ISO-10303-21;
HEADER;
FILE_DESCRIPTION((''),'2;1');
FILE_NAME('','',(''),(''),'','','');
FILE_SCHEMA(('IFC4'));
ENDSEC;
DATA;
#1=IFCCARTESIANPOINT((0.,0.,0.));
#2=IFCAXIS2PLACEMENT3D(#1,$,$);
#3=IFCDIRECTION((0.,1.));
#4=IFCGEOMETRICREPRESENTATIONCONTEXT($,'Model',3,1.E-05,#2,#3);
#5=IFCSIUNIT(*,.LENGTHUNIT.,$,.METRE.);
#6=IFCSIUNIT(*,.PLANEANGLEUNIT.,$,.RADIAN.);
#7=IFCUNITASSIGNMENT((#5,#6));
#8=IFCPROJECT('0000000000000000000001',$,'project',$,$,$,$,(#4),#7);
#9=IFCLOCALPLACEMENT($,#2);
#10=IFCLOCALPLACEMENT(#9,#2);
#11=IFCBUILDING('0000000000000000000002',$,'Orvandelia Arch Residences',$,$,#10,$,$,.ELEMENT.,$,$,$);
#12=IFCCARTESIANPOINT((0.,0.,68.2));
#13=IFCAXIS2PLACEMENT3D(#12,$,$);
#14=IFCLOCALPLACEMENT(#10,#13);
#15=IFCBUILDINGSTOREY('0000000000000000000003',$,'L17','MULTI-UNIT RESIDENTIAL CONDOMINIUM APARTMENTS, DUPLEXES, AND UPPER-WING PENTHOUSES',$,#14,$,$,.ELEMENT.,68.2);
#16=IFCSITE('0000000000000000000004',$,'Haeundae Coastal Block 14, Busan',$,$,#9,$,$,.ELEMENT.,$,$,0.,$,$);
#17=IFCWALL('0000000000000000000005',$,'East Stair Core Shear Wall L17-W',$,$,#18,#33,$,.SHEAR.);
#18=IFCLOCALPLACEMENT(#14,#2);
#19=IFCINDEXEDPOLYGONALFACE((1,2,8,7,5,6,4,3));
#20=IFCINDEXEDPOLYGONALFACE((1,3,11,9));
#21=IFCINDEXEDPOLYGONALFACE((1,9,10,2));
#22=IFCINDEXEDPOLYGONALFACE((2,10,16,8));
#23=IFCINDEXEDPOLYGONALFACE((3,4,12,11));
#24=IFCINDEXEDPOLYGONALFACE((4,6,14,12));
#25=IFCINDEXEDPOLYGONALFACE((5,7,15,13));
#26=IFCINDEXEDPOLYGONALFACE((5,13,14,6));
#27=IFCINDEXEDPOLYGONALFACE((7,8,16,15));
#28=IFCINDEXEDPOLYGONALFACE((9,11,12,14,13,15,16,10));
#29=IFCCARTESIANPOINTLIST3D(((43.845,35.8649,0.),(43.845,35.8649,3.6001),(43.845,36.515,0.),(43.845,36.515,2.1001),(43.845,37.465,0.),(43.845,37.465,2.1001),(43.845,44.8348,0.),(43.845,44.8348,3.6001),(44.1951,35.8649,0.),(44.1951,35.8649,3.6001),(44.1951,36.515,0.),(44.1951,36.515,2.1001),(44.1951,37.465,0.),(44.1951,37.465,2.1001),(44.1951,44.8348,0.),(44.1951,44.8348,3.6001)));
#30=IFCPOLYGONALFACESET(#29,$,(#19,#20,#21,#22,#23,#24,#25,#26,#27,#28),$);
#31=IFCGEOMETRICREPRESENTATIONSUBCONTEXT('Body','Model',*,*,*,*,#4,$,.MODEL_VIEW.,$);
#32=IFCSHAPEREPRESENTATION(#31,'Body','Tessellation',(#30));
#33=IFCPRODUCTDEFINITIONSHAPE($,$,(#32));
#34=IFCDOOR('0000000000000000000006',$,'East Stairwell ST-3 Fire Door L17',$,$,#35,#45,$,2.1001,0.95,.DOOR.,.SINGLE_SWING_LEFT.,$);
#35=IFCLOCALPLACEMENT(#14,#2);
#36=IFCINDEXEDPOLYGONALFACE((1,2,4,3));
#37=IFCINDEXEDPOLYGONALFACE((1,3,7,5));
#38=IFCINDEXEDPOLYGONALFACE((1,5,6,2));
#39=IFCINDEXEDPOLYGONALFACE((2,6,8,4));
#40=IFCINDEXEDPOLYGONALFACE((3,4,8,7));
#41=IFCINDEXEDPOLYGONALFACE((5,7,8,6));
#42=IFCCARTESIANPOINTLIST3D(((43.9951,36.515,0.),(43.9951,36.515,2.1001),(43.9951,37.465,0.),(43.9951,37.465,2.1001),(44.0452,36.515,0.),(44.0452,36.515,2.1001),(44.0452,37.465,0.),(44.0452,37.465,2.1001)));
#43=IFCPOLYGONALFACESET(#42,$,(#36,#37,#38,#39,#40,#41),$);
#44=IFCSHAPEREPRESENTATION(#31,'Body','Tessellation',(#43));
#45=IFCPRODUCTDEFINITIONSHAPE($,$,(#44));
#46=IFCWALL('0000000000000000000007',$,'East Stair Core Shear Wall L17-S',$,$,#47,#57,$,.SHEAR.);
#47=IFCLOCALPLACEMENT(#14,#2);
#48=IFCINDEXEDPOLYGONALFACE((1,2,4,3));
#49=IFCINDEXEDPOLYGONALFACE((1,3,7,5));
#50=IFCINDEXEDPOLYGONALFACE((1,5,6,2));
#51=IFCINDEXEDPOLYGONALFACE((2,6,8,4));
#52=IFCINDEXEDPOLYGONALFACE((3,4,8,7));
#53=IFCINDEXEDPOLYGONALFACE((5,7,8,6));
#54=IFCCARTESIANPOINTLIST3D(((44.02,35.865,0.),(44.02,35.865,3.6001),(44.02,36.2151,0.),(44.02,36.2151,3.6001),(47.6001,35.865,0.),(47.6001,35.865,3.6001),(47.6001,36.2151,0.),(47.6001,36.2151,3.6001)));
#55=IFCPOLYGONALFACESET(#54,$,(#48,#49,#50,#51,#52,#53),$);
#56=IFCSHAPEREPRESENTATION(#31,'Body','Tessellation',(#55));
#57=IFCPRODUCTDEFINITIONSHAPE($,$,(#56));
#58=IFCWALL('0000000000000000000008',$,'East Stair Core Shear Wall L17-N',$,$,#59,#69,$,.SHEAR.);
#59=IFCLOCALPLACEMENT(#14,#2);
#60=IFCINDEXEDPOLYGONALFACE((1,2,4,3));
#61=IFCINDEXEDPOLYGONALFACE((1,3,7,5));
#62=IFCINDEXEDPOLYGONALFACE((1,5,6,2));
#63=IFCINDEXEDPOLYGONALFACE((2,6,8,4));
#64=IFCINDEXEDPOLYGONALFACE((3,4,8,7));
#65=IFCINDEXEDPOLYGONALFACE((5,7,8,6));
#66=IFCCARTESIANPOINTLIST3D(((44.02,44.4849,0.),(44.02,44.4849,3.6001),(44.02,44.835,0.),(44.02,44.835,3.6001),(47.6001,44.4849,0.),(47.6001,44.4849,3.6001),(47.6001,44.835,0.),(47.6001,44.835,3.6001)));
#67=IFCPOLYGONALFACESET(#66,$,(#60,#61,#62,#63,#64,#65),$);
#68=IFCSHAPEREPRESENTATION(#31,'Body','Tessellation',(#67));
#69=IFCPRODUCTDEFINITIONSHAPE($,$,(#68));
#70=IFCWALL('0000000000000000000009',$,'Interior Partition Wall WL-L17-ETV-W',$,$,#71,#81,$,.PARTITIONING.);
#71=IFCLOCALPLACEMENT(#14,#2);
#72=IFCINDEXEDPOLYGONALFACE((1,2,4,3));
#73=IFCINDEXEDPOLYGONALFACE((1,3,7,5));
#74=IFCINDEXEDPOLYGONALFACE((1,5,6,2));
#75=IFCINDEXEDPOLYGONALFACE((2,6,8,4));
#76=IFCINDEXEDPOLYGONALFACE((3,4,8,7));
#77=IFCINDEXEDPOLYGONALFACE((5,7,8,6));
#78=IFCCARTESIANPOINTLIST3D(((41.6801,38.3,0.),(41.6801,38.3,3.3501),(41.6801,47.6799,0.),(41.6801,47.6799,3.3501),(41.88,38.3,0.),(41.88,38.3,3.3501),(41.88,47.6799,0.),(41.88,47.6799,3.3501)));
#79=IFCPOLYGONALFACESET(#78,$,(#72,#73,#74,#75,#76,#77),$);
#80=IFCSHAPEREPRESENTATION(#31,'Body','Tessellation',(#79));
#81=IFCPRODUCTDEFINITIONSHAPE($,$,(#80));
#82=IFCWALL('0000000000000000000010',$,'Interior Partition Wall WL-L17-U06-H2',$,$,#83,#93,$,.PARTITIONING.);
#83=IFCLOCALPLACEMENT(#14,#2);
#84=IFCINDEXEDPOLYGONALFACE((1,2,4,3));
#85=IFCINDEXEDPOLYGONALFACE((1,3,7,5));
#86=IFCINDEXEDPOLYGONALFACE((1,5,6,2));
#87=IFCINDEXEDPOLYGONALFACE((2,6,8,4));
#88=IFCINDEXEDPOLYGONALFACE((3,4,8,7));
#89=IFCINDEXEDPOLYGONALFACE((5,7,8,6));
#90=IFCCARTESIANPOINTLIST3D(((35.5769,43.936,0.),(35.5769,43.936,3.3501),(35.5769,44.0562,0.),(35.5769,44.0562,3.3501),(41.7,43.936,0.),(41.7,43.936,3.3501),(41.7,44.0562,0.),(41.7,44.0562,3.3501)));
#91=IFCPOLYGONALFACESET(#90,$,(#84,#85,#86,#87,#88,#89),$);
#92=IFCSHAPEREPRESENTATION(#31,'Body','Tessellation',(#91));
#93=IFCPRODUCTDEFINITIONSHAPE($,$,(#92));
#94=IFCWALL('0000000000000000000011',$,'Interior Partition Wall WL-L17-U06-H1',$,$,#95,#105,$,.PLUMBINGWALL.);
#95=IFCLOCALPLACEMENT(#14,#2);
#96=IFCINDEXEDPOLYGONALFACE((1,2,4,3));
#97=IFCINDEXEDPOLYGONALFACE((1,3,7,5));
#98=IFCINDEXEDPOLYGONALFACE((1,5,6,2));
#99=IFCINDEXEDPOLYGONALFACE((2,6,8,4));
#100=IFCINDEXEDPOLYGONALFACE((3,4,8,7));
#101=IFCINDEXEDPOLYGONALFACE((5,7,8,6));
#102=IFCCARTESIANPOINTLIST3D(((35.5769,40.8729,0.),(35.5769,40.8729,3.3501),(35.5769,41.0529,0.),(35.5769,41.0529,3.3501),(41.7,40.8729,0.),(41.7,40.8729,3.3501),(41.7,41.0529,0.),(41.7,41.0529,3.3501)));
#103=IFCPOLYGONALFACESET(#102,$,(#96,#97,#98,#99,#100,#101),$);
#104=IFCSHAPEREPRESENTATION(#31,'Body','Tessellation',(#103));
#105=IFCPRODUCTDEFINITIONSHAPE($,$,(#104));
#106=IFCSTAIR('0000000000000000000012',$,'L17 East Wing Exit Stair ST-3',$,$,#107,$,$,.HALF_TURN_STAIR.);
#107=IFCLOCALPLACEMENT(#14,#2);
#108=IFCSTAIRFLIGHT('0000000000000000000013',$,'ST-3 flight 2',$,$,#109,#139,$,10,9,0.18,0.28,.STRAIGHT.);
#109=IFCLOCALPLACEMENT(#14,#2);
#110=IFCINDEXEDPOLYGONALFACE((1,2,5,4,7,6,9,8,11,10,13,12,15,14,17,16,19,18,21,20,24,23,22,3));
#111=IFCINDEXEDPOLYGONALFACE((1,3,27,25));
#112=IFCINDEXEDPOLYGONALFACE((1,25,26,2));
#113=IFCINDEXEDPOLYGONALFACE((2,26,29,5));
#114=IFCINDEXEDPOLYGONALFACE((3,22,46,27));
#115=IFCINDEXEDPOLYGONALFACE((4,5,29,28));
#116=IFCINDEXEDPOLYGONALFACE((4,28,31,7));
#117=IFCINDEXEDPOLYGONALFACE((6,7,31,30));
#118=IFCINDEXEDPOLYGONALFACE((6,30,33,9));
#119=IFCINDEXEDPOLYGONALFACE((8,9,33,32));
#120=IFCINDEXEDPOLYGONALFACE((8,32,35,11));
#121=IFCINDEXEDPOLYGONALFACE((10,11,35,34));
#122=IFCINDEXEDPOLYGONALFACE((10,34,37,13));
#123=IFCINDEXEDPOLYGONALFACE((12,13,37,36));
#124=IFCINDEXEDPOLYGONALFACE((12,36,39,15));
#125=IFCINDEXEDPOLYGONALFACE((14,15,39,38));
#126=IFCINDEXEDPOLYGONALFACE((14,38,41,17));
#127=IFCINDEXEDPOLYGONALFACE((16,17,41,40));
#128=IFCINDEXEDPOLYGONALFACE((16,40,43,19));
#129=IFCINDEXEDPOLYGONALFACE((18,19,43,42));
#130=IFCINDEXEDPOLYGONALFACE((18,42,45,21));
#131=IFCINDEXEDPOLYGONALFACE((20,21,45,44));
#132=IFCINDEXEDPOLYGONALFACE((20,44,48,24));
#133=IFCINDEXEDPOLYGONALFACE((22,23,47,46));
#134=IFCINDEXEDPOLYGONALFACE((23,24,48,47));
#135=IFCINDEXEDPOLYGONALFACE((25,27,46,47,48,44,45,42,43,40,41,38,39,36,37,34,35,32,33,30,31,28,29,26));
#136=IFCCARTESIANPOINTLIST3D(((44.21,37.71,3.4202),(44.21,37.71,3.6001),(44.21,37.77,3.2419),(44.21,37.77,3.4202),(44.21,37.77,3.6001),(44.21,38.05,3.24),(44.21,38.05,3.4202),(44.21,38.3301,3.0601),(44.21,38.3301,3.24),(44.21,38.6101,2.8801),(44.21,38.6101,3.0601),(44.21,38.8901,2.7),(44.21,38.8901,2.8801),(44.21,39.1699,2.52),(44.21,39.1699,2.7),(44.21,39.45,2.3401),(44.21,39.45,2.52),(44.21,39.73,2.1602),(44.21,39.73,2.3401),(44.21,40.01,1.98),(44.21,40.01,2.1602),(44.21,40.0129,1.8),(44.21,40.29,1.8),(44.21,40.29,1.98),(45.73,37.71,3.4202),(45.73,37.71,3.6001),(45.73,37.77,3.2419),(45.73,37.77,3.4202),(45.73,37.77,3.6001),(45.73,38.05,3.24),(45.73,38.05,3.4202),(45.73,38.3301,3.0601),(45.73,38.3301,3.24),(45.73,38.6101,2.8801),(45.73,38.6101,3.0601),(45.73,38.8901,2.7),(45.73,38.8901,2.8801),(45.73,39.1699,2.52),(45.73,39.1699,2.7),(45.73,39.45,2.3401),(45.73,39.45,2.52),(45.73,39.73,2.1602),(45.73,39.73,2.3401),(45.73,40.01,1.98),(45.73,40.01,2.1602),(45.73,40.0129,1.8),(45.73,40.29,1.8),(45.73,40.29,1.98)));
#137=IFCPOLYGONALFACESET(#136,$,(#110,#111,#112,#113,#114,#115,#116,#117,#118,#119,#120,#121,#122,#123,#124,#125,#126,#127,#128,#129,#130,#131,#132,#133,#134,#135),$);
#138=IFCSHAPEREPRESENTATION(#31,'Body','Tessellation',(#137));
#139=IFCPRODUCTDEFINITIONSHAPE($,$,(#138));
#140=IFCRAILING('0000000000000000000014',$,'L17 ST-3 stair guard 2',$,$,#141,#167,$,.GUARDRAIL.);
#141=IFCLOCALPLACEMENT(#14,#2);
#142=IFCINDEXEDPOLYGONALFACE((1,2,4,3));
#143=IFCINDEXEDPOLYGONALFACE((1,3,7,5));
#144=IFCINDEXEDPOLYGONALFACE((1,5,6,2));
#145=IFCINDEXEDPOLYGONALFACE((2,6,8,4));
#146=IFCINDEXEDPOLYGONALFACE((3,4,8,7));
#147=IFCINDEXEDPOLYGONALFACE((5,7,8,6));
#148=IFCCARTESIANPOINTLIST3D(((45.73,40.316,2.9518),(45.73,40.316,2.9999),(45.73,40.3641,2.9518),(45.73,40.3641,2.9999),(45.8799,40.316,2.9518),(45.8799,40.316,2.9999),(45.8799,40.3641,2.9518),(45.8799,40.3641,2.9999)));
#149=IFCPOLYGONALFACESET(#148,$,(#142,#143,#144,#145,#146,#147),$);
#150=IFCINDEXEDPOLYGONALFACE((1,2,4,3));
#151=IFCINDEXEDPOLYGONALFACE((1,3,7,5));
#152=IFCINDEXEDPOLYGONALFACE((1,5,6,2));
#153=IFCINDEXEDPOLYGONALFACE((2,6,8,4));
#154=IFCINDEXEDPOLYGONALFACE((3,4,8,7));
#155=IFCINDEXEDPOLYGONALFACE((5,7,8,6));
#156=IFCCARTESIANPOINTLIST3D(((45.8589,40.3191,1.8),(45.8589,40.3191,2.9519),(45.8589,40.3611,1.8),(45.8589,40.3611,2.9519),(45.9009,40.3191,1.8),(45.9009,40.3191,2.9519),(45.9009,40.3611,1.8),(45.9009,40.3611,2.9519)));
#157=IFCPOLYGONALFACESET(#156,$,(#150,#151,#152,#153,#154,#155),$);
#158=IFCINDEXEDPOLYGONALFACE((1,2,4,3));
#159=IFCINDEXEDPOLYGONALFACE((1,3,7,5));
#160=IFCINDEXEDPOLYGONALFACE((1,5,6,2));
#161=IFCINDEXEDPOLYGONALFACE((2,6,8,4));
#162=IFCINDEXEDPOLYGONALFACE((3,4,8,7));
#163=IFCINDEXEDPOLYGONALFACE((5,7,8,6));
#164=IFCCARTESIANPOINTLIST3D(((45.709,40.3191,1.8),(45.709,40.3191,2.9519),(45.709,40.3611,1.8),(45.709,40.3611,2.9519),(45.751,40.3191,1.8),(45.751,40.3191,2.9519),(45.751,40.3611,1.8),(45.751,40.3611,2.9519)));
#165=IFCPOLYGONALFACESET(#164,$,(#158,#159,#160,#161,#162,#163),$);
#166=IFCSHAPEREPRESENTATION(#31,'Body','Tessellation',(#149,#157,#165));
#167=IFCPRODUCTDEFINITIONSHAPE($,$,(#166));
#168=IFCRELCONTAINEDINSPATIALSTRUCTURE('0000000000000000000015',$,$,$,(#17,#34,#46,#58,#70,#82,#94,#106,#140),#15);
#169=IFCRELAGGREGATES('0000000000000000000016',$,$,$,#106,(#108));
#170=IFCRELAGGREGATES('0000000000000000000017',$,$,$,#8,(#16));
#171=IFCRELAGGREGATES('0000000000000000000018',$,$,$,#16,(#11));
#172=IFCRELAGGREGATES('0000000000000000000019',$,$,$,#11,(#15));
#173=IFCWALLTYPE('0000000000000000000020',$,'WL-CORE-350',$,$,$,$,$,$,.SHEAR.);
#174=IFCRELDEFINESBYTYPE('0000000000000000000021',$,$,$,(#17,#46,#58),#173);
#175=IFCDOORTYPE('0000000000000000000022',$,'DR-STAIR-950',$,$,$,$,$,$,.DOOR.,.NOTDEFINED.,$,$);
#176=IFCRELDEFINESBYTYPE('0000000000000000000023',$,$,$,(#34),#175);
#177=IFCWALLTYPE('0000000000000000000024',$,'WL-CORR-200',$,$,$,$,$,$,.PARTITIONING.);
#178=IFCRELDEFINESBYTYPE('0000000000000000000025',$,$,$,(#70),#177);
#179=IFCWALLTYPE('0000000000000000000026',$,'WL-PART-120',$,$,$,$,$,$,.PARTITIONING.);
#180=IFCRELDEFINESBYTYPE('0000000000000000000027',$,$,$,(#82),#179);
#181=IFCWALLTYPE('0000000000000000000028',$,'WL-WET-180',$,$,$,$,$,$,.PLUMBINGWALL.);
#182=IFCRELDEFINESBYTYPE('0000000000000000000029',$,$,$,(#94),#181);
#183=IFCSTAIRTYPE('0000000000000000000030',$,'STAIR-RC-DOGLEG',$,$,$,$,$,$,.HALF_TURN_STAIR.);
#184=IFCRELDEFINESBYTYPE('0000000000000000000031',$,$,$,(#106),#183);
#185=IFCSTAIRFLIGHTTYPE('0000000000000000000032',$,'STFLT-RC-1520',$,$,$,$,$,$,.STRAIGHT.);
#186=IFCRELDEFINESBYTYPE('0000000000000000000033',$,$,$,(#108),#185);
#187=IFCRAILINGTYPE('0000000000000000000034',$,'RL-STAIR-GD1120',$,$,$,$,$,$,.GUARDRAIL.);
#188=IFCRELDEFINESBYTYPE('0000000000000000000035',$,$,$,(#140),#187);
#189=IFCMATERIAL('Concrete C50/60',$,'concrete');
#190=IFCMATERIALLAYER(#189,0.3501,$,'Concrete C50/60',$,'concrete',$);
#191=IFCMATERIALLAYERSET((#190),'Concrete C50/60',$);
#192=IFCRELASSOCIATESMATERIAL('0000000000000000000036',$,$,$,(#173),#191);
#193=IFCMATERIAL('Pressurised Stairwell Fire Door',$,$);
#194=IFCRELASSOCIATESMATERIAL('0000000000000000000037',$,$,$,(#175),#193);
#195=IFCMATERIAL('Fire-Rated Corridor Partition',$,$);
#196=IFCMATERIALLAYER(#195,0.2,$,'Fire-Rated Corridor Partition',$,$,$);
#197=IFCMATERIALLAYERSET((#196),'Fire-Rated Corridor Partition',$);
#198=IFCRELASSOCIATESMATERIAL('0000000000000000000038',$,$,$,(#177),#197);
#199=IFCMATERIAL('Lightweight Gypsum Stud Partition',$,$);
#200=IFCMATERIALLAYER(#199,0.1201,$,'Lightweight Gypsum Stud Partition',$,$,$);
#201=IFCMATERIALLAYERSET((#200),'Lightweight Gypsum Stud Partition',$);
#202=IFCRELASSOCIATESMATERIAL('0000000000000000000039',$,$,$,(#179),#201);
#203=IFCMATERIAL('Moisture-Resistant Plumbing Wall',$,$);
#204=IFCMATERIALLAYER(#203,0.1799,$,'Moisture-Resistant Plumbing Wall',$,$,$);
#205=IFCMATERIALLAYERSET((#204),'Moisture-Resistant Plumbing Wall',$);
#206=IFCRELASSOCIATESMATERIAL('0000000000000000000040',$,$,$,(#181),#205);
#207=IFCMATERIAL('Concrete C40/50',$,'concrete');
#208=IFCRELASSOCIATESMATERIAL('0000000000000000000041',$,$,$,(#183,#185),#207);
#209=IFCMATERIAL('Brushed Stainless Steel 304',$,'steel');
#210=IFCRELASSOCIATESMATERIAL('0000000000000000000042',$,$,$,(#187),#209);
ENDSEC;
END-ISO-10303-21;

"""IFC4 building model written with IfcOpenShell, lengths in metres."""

from ifc_helpers import new_model, si_unit, direction, frame, frame_2d, origin, origin_2d, place, context, subcontext, project, spatial, polyline, rectangle, outline, extrude, material, layer, layer_set, type_object, element, fill, aggregate, save


model = new_model("IFC4")

# Units and contexts
model_context = context("Model", 3, precision=1e-05, world=origin(), true_north=direction((0.0, 1.0)))
body_context = subcontext(model_context, "Body", "Model", "MODEL_VIEW")
ifc_project = project(units=[si_unit("LENGTHUNIT", "METRE"), si_unit("PLANEANGLEUNIT", "RADIAN")], contexts=[model_context])

# Site, building, storey
site_placement = place(None, origin())
site = spatial("IfcSite", under=ifc_project, at=site_placement, Name="Haeundae Coastal Block 14, Busan", CompositionType="ELEMENT", RefElevation=0.0)
building_placement = place(site_placement, origin())
building = spatial("IfcBuilding", under=site, at=building_placement, Name="Orvandelia Arch Residences", CompositionType="ELEMENT")
storey_placement = place(building_placement, frame((0.0, 0.0, 68.2)))
storey = spatial("IfcBuildingStorey", under=building, at=storey_placement, Name="L17", Description="MULTI-UNIT RESIDENTIAL CONDOMINIUM APARTMENTS, DUPLEXES, AND UPPER-WING PENTHOUSES", CompositionType="ELEMENT", Elevation=68.2)

# Wall, opening, door
ifc_material_1 = material(Name="Concrete C50/60", Category="concrete")
ifc_layer_1 = layer(ifc_material_1, 0.3501, Name="Concrete C50/60", Category="concrete")
ifc_layer_set_1 = layer_set([ifc_layer_1], Name="Concrete C50/60")
wall_type_1 = type_object("IfcWallType", Name="WL-CORE-350", PredefinedType="SHEAR", material=ifc_layer_set_1)
wall_1_placement = place(storey_placement, frame((44.02, 35.865, 0.0), z_axis=(0.0, 0.0, 1.0), x_axis=(0.0, 1.0, 0.0)))
wall_1 = element("IfcWall", 1, at=wall_1_placement, inside=storey, type_object=wall_type_1, Name="East Stair Core Shear Wall L17-W", PredefinedType="SHEAR", context=body_context, shape_type="SweptSolid", body=[
    extrude(rectangle(XDim=8.97, YDim=0.3501, at=frame_2d((4.4849, 0.0))), origin(), (0.0, 0.0, 1.0), 3.6001),
])
opening_1_placement = place(wall_1_placement, frame((0.6499, 0.0, 0.0)))
opening_1 = element("IfcOpeningElement", 2, at=opening_1_placement, cuts=wall_1, PredefinedType="OPENING", context=body_context, shape_type="SweptSolid", body=[
    extrude(rectangle(XDim=0.95, YDim=2.1001, at=frame_2d((0.4751, 1.05))), frame((0.0, 0.1851, 0.0), z_axis=(0.0, -1.0, 0.0), x_axis=(1.0, 0.0, 0.0)), (0.0, 0.0, 1.0), 0.3701),
])
ifc_material_2 = material(Name="Pressurised Stairwell Fire Door")
door_type_1 = type_object("IfcDoorType", Name="DR-STAIR-950", OperationType="NOTDEFINED", PredefinedType="DOOR", material=ifc_material_2)
door_1_placement = place(opening_1_placement, origin())
door_1 = element("IfcDoor", 3, at=door_1_placement, inside=storey, type_object=door_type_1, Name="East Stairwell ST-3 Fire Door L17", OperationType="SINGLE_SWING_LEFT", OverallHeight=2.1001, OverallWidth=0.95, PredefinedType="DOOR", context=body_context, shape_type="SweptSolid", body=[
    extrude(rectangle(XDim=0.95, YDim=2.1001, at=frame_2d((0.4751, 1.05))), frame((0.0, 0.0249, 0.0), z_axis=(0.0, -1.0, 0.0), x_axis=(1.0, 0.0, 0.0)), (0.0, 0.0, 1.0), 0.05),
])
fill(opening_1, door_1)

# Walls
for number, where, z_axis, x_axis, name in (
    (4, (44.02, 36.04, 0.0), (0.0, 0.0, 1.0), (1.0, 0.0, 0.0), "East Stair Core Shear Wall L17-S"),
    (5, (44.02, 44.6599, 0.0), (0.0, 0.0, 1.0), (1.0, 0.0, 0.0), "East Stair Core Shear Wall L17-N"),
):
    element("IfcWall", number, at=place(storey_placement, frame(where, z_axis=z_axis, x_axis=x_axis)), inside=storey, type_object=wall_type_1, Name=name, PredefinedType="SHEAR", context=body_context, shape_type="SweptSolid", body=[
        extrude(rectangle(XDim=3.5801, YDim=0.3501, at=frame_2d((1.79, 0.0))), origin(), (0.0, 0.0, 1.0), 3.6001),
    ])
ifc_material_3 = material(Name="Fire-Rated Corridor Partition")
ifc_layer_2 = layer(ifc_material_3, 0.2, Name="Fire-Rated Corridor Partition")
ifc_layer_set_2 = layer_set([ifc_layer_2], Name="Fire-Rated Corridor Partition")
wall_type_2 = type_object("IfcWallType", Name="WL-CORR-200", PredefinedType="PARTITIONING", material=ifc_layer_set_2)
wall_2_placement = place(storey_placement, frame((41.78, 38.3, 0.0), z_axis=(0.0, 0.0, 1.0), x_axis=(0.0, 1.0, 0.0)))
element("IfcWall", 6, at=wall_2_placement, inside=storey, type_object=wall_type_2, Name="Interior Partition Wall WL-L17-ETV-W", PredefinedType="PARTITIONING", context=body_context, shape_type="SweptSolid", body=[
    extrude(rectangle(XDim=9.3799, YDim=0.2, at=frame_2d((4.6899, 0.0))), origin(), (0.0, 0.0, 1.0), 3.3501),
])
ifc_material_4 = material(Name="Lightweight Gypsum Stud Partition")
ifc_layer_3 = layer(ifc_material_4, 0.1201, Name="Lightweight Gypsum Stud Partition")
ifc_layer_set_3 = layer_set([ifc_layer_3], Name="Lightweight Gypsum Stud Partition")
wall_type_3 = type_object("IfcWallType", Name="WL-PART-120", PredefinedType="PARTITIONING", material=ifc_layer_set_3)
wall_3_placement = place(storey_placement, frame((35.5769, 43.9961, 0.0), z_axis=(0.0, 0.0, 1.0), x_axis=(1.0, 0.0, 0.0)))
element("IfcWall", 7, at=wall_3_placement, inside=storey, type_object=wall_type_3, Name="Interior Partition Wall WL-L17-U06-H2", PredefinedType="PARTITIONING", context=body_context, shape_type="SweptSolid", body=[
    extrude(rectangle(XDim=6.123, YDim=0.1201, at=frame_2d((3.0615, 0.0))), origin(), (0.0, 0.0, 1.0), 3.3501),
])

# Shared definitions
ifc_material_5 = material(Name="Moisture-Resistant Plumbing Wall")
ifc_layer_4 = layer(ifc_material_5, 0.1799, Name="Moisture-Resistant Plumbing Wall")
ifc_layer_set_4 = layer_set([ifc_layer_4], Name="Moisture-Resistant Plumbing Wall")
wall_type_4 = type_object("IfcWallType", Name="WL-WET-180", PredefinedType="PLUMBINGWALL", material=ifc_layer_set_4)

# Wall
wall_4_placement = place(storey_placement, frame((35.5769, 40.9629, 0.0), z_axis=(0.0, 0.0, 1.0), x_axis=(1.0, 0.0, 0.0)))
element("IfcWall", 8, at=wall_4_placement, inside=storey, type_object=wall_type_4, Name="Interior Partition Wall WL-L17-U06-H1", PredefinedType="PLUMBINGWALL", context=body_context, shape_type="SweptSolid", body=[
    extrude(rectangle(XDim=6.123, YDim=0.1799, at=frame_2d((3.0615, 0.0))), origin(), (0.0, 0.0, 1.0), 3.3501),
])

# Stair, stair flight
ifc_material_6 = material(Name="Concrete C40/50", Category="concrete")
stair_type = type_object("IfcStairType", Name="STAIR-RC-DOGLEG", PredefinedType="HALF_TURN_STAIR", material=ifc_material_6)
stair_placement = place(storey_placement, origin())
stair = element("IfcStair", 9, at=stair_placement, inside=storey, type_object=stair_type, Name="L17 East Wing Exit Stair ST-3", PredefinedType="HALF_TURN_STAIR")
stair_flight_type = type_object("IfcStairFlightType", Name="STFLT-RC-1520", PredefinedType="STRAIGHT", material=ifc_material_6)
stair_flight_placement = place(storey_placement, frame((44.97, 40.29, 1.8), z_axis=(0.0, 0.0, 1.0), x_axis=(0.0, -1.0, 0.0)))
stair_flight = element("IfcStairFlight", 10, at=stair_flight_placement, type_object=stair_flight_type, Name="ST-3 flight 2", NumberOfRisers=10, NumberOfTreads=9, PredefinedType="STRAIGHT", RiserHeight=0.18, TreadLength=0.28, context=body_context, shape_type="SweptSolid", body=[
    extrude(outline(polyline([(0.0, 0.0), (0.0, 0.1799), (0.28, 0.1799), (0.28, 0.3601), (0.5601, 0.3601), (0.5601, 0.54), (0.8401, 0.54), (0.8401, 0.72), (1.1201, 0.72), (1.1201, 0.8999), (1.3999, 0.8999), (1.3999, 1.0801), (1.6799, 1.0801), (1.6799, 1.26), (1.96, 1.26), (1.96, 1.4399), (2.24, 1.4399), (2.24, 1.6201), (2.52, 1.6201), (2.52, 1.8), (2.5801, 1.8), (2.5801, 1.6201), (2.52, 1.4419), (0.2771, 0.0), (0.0, 0.0)])), frame((0.0, 0.76, 0.0), z_axis=(0.0, -1.0, 0.0), x_axis=(1.0, 0.0, 0.0)), (0.0, 0.0, 1.0), 1.52),
])
aggregate(stair, [stair_flight])

# Railing
ifc_material_7 = material(Name="Brushed Stainless Steel 304", Category="steel")
railing_type_1 = type_object("IfcRailingType", Name="RL-STAIR-GD1120", PredefinedType="GUARDRAIL", material=ifc_material_7)
railing_1_placement = place(storey_placement, frame((45.8799, 40.3401, 1.8)))
element("IfcRailing", 11, at=railing_1_placement, inside=storey, type_object=railing_type_1, Name="L17 ST-3 stair guard 2", PredefinedType="GUARDRAIL", context=body_context, shape_type="SweptSolid", body=[
    extrude(rectangle(XDim=0.0481, YDim=0.0481, at=origin_2d()), frame((0.0, 0.0, 1.1758), z_axis=(-1.0, 0.0, 0.0), x_axis=(0.0, -1.0, 0.0)), (0.0, 0.0, 1.0), 0.1499),
    extrude(rectangle(XDim=0.042, YDim=0.042, at=origin_2d()), origin(), (0.0, 0.0, 1.0), 1.1519),
    extrude(rectangle(XDim=0.042, YDim=0.042, at=origin_2d()), frame((-0.1499, 0.0, 0.0)), (0.0, 0.0, 1.0), 1.1519),
])

save(model, "model.ifc")
